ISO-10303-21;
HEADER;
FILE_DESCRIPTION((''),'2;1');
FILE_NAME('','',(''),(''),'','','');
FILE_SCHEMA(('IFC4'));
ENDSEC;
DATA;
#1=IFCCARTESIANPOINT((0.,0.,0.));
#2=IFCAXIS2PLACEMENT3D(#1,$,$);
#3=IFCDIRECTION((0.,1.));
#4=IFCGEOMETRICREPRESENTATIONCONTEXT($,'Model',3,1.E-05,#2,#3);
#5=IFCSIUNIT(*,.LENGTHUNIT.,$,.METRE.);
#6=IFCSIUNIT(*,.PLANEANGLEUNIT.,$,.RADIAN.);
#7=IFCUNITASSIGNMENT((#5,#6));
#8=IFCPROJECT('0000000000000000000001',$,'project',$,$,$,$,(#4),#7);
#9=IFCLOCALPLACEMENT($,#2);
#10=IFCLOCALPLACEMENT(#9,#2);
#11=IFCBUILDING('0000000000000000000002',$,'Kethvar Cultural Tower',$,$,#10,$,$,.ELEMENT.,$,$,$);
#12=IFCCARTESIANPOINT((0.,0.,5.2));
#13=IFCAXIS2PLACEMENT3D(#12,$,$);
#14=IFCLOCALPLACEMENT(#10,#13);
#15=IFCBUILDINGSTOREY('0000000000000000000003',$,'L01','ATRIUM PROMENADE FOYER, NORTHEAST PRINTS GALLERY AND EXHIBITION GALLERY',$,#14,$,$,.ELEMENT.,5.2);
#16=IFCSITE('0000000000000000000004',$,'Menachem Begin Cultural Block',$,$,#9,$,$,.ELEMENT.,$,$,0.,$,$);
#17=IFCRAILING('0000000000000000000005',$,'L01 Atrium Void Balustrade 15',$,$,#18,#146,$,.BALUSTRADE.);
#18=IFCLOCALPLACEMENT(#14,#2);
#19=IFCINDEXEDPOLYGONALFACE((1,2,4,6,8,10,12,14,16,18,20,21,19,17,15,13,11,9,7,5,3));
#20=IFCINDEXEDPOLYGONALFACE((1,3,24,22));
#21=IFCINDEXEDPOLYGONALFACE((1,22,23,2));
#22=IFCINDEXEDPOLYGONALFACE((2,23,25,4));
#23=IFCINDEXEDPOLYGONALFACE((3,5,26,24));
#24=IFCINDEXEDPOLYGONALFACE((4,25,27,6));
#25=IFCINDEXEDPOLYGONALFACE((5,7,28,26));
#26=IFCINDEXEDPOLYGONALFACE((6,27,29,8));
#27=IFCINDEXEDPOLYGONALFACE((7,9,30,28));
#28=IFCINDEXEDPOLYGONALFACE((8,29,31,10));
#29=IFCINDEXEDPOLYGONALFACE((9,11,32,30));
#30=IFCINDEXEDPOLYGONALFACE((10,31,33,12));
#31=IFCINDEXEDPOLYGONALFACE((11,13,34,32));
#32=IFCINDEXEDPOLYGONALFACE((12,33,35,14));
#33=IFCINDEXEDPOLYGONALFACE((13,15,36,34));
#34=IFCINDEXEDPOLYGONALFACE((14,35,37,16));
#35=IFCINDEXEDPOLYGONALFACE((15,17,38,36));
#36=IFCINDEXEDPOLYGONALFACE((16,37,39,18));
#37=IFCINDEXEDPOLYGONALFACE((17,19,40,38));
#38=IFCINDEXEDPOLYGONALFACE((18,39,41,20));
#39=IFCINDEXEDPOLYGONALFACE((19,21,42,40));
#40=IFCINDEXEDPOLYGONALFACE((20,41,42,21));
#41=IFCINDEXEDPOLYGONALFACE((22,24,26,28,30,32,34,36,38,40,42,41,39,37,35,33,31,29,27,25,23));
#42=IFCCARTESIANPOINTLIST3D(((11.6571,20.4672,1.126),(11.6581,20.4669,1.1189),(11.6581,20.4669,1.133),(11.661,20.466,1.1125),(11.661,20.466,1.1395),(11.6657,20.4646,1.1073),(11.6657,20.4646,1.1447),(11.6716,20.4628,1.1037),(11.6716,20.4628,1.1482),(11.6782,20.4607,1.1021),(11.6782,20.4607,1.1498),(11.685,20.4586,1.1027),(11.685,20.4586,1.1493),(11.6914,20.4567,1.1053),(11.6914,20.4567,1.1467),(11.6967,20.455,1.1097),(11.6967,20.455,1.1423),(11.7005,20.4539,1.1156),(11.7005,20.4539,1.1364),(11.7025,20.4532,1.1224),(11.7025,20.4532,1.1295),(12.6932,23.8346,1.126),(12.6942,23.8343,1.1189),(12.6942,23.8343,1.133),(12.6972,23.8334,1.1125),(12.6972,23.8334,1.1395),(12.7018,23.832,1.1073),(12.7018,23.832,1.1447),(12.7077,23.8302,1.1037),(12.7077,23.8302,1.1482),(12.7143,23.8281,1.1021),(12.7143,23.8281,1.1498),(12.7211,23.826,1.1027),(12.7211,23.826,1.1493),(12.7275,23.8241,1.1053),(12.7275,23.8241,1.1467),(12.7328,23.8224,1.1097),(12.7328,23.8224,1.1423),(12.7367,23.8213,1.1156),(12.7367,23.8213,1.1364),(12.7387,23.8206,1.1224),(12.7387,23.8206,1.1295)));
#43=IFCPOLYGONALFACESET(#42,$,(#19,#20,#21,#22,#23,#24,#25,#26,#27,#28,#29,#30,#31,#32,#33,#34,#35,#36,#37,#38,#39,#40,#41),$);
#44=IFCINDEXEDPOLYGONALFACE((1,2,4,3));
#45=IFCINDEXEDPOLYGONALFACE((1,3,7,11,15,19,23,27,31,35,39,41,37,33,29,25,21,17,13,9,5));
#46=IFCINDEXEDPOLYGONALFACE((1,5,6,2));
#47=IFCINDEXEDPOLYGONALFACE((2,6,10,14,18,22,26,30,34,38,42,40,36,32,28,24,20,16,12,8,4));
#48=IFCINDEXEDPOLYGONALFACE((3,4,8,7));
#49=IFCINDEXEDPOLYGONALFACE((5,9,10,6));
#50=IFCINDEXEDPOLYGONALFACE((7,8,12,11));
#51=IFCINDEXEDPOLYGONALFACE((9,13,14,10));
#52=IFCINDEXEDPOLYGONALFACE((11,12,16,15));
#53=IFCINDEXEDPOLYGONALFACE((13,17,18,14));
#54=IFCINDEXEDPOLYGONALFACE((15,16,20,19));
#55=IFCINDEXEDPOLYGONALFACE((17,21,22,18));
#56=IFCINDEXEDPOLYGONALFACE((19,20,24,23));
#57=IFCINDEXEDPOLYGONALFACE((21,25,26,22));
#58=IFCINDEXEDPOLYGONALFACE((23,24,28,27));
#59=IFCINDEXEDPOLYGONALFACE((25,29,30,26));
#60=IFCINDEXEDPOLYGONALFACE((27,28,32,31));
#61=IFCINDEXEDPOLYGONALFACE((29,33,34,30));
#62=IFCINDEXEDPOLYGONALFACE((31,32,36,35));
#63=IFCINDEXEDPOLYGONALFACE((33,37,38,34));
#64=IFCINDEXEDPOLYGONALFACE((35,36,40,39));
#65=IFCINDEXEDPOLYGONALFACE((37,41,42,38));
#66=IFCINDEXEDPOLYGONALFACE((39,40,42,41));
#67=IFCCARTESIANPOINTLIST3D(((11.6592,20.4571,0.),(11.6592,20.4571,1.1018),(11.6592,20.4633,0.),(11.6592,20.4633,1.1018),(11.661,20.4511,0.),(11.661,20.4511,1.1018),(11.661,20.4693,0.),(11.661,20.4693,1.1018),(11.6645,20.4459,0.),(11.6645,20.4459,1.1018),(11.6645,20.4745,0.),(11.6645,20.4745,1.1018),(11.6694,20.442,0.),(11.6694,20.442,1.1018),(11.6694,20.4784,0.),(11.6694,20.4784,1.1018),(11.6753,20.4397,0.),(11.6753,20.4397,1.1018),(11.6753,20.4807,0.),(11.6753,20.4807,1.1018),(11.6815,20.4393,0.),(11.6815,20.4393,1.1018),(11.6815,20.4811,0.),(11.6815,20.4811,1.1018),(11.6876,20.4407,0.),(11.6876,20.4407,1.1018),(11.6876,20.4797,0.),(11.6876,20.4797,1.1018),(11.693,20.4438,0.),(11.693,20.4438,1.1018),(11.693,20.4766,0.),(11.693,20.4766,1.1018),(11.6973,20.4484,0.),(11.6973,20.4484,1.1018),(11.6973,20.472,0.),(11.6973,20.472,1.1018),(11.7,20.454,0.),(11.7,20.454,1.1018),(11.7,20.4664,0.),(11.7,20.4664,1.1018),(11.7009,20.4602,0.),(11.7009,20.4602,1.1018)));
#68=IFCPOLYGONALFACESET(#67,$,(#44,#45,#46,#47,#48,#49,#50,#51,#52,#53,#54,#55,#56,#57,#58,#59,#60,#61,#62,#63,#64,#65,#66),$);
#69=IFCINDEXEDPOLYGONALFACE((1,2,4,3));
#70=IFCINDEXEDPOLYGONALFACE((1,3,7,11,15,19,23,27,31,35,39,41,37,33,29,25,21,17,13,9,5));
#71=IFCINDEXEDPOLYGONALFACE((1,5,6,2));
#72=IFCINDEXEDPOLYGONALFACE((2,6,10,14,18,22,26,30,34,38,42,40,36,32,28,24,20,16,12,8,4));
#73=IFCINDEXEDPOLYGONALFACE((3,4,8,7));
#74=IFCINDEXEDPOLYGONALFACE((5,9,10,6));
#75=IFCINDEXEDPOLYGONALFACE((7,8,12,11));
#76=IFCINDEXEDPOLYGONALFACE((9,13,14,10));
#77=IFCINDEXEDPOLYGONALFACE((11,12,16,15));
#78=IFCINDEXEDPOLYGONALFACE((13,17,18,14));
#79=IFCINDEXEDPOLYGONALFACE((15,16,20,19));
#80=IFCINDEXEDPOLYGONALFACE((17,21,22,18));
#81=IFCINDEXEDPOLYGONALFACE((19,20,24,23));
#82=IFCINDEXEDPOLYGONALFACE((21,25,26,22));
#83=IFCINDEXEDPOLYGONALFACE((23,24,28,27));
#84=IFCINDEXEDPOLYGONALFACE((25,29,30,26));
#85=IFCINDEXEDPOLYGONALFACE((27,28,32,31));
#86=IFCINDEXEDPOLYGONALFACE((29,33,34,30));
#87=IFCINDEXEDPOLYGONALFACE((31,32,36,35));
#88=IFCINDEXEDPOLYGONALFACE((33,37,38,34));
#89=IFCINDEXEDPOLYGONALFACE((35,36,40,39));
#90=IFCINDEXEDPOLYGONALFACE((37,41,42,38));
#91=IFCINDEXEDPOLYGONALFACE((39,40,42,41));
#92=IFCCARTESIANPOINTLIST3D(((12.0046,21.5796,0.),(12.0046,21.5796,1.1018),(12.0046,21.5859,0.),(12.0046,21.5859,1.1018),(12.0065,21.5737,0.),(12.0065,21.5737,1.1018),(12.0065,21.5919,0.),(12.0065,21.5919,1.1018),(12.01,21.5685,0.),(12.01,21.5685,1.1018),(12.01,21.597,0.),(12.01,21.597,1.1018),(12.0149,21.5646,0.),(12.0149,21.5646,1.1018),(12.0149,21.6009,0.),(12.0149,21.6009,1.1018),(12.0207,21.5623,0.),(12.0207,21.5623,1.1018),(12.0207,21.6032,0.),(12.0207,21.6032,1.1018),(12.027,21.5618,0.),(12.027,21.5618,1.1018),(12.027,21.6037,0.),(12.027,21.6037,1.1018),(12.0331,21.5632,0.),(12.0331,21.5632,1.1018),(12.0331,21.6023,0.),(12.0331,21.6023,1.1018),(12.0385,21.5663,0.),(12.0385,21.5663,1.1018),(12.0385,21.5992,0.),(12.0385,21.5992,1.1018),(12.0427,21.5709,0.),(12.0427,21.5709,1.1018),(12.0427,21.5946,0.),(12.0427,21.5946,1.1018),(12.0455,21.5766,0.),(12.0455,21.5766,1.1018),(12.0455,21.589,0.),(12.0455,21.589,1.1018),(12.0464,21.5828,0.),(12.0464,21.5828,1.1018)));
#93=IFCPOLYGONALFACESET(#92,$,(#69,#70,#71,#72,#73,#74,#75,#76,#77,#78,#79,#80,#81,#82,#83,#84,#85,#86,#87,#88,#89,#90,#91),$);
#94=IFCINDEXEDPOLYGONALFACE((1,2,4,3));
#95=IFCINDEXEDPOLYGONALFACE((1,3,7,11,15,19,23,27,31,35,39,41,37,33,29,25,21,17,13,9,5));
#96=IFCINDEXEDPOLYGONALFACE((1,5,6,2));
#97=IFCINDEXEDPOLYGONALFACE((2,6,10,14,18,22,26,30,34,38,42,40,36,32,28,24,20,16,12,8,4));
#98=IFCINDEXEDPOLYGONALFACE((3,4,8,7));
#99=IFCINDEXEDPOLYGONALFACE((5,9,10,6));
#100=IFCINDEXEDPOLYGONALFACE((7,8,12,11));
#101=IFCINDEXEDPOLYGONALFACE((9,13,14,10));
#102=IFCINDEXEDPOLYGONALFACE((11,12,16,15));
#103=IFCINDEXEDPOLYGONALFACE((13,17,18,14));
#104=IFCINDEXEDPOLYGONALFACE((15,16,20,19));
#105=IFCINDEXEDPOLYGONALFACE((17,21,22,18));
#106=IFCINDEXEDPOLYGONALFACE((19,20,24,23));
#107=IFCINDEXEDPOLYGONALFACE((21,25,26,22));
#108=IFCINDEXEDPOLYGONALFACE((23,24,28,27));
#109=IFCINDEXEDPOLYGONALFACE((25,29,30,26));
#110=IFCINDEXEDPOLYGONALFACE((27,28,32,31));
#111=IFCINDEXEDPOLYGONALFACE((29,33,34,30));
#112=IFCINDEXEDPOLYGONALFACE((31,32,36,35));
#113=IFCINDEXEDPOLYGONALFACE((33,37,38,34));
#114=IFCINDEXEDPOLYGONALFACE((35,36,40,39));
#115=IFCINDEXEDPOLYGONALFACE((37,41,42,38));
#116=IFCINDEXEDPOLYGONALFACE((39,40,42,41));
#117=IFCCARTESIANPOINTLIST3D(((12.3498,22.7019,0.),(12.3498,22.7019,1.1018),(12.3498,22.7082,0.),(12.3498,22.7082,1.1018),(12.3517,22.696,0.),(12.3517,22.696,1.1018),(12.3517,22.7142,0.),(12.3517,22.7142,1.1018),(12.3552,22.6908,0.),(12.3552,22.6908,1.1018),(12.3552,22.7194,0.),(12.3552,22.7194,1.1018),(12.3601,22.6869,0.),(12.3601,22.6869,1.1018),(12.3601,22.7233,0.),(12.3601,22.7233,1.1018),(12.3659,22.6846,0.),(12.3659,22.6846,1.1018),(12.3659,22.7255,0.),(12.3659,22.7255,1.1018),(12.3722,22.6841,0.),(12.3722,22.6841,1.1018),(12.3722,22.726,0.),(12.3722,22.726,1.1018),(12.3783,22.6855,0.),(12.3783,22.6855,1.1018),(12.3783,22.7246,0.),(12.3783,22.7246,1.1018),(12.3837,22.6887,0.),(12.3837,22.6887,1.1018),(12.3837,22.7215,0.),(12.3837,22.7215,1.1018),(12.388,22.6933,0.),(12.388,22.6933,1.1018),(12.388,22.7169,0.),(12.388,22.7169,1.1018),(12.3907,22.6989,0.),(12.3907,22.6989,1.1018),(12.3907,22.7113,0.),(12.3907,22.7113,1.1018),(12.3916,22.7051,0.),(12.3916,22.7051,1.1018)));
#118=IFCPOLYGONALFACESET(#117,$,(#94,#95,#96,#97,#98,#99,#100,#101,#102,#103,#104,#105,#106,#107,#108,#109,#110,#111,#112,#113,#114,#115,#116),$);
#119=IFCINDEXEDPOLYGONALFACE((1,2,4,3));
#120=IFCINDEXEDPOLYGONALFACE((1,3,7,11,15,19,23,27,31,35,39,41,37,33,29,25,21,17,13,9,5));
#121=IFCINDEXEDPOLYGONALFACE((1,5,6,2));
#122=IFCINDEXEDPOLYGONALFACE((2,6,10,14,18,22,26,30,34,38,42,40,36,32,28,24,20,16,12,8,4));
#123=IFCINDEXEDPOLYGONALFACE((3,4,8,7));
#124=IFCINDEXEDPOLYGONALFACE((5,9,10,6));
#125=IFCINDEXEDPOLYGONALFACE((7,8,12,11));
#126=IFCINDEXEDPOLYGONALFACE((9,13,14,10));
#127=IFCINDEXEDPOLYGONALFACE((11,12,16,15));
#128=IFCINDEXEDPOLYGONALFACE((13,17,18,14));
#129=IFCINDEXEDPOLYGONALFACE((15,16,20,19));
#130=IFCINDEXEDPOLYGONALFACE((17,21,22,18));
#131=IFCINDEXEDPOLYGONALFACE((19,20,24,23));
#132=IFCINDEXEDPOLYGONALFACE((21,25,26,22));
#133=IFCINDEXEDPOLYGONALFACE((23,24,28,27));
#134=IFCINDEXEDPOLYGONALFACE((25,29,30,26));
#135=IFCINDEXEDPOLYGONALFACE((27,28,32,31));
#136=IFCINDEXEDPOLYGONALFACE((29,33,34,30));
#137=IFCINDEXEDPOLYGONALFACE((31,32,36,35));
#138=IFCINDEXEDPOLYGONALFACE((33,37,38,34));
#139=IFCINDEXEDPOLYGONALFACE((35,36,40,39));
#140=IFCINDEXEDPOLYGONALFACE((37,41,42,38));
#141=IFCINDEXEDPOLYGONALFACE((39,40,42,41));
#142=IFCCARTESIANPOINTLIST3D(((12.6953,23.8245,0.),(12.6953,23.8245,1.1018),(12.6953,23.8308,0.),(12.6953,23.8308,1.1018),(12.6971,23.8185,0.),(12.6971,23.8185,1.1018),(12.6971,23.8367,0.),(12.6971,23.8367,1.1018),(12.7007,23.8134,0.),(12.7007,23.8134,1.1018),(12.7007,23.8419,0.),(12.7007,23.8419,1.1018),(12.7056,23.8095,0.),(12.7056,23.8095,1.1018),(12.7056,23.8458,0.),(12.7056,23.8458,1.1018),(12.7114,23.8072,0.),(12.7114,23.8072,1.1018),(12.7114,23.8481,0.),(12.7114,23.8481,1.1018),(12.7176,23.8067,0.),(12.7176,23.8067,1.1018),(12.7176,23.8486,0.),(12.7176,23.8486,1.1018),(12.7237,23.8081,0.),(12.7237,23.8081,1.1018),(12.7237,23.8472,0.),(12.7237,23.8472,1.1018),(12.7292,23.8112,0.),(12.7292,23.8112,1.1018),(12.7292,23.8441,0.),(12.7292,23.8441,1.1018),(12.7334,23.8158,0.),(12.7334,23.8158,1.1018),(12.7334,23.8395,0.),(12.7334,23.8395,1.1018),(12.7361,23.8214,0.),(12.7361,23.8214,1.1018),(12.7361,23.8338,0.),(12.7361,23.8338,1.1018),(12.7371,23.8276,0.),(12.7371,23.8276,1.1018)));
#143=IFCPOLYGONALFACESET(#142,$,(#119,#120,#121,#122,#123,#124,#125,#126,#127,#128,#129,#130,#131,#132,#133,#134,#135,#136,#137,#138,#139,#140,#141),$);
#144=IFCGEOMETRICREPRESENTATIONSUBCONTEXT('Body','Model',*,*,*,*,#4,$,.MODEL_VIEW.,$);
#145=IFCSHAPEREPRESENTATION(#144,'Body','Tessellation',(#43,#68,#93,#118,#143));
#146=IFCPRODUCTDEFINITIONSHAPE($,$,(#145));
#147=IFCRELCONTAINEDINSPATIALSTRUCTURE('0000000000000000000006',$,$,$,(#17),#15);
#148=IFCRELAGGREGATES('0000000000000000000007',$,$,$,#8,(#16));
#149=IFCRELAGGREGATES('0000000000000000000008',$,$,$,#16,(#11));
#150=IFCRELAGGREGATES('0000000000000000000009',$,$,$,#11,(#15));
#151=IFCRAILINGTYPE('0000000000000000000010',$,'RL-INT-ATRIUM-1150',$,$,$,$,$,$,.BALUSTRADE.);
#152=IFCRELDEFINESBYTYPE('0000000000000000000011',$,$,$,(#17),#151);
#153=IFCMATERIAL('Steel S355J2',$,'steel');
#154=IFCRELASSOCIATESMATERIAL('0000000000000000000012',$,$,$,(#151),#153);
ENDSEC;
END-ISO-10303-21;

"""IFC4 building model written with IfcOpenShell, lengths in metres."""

from ifc_helpers import new_model, si_unit, direction, frame, origin, origin_2d, place, context, subcontext, project, spatial, circle, extrude, material, type_object, element, save


model = new_model("IFC4")

# Units and contexts
model_context = context("Model", 3, precision=1e-05, world=origin(), true_north=direction((0.0, 1.0)))
body_context = subcontext(model_context, "Body", "Model", "MODEL_VIEW")
ifc_project = project(units=[si_unit("LENGTHUNIT", "METRE"), si_unit("PLANEANGLEUNIT", "RADIAN")], contexts=[model_context])

# Site, building, storey
site_placement = place(None, origin())
site = spatial("IfcSite", under=ifc_project, at=site_placement, Name="Menachem Begin Cultural Block", CompositionType="ELEMENT", RefElevation=0.0)
building_placement = place(site_placement, origin())
building = spatial("IfcBuilding", under=site, at=building_placement, Name="Kethvar Cultural Tower", CompositionType="ELEMENT")
storey_placement = place(building_placement, frame((0.0, 0.0, 5.2)))
storey = spatial("IfcBuildingStorey", under=building, at=storey_placement, Name="L01", Description="ATRIUM PROMENADE FOYER, NORTHEAST PRINTS GALLERY AND EXHIBITION GALLERY", CompositionType="ELEMENT", Elevation=5.2)

# Shared definitions
ifc_material_1 = material(Name="Steel S355J2", Category="steel")

# Railing
railing_type_1 = type_object("IfcRailingType", Name="RL-INT-ATRIUM-1150", PredefinedType="BALUSTRADE", material=ifc_material_1)
railing_1_placement = place(storey_placement, frame((11.6799, 20.4602, 0.0)))
element("IfcRailing", 1, at=railing_1_placement, inside=storey, type_object=railing_type_1, Name="L01 Atrium Void Balustrade 15", PredefinedType="BALUSTRADE", context=body_context, shape_type="SweptSolid", body=[
    extrude(circle(Radius=0.0239, at=origin_2d()), frame((0.0, 0.0, 1.126), z_axis=(0.294086, 0.955779, 0.0), x_axis=(-0.955779, 0.294086, 0.0)), (0.0, 0.0, 1.0), 3.5232),
    extrude(circle(Radius=0.021, at=origin_2d()), origin(), (0.0, 0.0, 1.0), 1.1018),
    extrude(circle(Radius=0.021, at=origin_2d()), frame((0.3455, 1.1226, 0.0)), (0.0, 0.0, 1.0), 1.1018),
    extrude(circle(Radius=0.021, at=origin_2d()), frame((0.6907, 2.2449, 0.0)), (0.0, 0.0, 1.0), 1.1018),
    extrude(circle(Radius=0.021, at=origin_2d()), frame((1.0361, 3.3674, 0.0)), (0.0, 0.0, 1.0), 1.1018),
])

save(model, "model.ifc")
